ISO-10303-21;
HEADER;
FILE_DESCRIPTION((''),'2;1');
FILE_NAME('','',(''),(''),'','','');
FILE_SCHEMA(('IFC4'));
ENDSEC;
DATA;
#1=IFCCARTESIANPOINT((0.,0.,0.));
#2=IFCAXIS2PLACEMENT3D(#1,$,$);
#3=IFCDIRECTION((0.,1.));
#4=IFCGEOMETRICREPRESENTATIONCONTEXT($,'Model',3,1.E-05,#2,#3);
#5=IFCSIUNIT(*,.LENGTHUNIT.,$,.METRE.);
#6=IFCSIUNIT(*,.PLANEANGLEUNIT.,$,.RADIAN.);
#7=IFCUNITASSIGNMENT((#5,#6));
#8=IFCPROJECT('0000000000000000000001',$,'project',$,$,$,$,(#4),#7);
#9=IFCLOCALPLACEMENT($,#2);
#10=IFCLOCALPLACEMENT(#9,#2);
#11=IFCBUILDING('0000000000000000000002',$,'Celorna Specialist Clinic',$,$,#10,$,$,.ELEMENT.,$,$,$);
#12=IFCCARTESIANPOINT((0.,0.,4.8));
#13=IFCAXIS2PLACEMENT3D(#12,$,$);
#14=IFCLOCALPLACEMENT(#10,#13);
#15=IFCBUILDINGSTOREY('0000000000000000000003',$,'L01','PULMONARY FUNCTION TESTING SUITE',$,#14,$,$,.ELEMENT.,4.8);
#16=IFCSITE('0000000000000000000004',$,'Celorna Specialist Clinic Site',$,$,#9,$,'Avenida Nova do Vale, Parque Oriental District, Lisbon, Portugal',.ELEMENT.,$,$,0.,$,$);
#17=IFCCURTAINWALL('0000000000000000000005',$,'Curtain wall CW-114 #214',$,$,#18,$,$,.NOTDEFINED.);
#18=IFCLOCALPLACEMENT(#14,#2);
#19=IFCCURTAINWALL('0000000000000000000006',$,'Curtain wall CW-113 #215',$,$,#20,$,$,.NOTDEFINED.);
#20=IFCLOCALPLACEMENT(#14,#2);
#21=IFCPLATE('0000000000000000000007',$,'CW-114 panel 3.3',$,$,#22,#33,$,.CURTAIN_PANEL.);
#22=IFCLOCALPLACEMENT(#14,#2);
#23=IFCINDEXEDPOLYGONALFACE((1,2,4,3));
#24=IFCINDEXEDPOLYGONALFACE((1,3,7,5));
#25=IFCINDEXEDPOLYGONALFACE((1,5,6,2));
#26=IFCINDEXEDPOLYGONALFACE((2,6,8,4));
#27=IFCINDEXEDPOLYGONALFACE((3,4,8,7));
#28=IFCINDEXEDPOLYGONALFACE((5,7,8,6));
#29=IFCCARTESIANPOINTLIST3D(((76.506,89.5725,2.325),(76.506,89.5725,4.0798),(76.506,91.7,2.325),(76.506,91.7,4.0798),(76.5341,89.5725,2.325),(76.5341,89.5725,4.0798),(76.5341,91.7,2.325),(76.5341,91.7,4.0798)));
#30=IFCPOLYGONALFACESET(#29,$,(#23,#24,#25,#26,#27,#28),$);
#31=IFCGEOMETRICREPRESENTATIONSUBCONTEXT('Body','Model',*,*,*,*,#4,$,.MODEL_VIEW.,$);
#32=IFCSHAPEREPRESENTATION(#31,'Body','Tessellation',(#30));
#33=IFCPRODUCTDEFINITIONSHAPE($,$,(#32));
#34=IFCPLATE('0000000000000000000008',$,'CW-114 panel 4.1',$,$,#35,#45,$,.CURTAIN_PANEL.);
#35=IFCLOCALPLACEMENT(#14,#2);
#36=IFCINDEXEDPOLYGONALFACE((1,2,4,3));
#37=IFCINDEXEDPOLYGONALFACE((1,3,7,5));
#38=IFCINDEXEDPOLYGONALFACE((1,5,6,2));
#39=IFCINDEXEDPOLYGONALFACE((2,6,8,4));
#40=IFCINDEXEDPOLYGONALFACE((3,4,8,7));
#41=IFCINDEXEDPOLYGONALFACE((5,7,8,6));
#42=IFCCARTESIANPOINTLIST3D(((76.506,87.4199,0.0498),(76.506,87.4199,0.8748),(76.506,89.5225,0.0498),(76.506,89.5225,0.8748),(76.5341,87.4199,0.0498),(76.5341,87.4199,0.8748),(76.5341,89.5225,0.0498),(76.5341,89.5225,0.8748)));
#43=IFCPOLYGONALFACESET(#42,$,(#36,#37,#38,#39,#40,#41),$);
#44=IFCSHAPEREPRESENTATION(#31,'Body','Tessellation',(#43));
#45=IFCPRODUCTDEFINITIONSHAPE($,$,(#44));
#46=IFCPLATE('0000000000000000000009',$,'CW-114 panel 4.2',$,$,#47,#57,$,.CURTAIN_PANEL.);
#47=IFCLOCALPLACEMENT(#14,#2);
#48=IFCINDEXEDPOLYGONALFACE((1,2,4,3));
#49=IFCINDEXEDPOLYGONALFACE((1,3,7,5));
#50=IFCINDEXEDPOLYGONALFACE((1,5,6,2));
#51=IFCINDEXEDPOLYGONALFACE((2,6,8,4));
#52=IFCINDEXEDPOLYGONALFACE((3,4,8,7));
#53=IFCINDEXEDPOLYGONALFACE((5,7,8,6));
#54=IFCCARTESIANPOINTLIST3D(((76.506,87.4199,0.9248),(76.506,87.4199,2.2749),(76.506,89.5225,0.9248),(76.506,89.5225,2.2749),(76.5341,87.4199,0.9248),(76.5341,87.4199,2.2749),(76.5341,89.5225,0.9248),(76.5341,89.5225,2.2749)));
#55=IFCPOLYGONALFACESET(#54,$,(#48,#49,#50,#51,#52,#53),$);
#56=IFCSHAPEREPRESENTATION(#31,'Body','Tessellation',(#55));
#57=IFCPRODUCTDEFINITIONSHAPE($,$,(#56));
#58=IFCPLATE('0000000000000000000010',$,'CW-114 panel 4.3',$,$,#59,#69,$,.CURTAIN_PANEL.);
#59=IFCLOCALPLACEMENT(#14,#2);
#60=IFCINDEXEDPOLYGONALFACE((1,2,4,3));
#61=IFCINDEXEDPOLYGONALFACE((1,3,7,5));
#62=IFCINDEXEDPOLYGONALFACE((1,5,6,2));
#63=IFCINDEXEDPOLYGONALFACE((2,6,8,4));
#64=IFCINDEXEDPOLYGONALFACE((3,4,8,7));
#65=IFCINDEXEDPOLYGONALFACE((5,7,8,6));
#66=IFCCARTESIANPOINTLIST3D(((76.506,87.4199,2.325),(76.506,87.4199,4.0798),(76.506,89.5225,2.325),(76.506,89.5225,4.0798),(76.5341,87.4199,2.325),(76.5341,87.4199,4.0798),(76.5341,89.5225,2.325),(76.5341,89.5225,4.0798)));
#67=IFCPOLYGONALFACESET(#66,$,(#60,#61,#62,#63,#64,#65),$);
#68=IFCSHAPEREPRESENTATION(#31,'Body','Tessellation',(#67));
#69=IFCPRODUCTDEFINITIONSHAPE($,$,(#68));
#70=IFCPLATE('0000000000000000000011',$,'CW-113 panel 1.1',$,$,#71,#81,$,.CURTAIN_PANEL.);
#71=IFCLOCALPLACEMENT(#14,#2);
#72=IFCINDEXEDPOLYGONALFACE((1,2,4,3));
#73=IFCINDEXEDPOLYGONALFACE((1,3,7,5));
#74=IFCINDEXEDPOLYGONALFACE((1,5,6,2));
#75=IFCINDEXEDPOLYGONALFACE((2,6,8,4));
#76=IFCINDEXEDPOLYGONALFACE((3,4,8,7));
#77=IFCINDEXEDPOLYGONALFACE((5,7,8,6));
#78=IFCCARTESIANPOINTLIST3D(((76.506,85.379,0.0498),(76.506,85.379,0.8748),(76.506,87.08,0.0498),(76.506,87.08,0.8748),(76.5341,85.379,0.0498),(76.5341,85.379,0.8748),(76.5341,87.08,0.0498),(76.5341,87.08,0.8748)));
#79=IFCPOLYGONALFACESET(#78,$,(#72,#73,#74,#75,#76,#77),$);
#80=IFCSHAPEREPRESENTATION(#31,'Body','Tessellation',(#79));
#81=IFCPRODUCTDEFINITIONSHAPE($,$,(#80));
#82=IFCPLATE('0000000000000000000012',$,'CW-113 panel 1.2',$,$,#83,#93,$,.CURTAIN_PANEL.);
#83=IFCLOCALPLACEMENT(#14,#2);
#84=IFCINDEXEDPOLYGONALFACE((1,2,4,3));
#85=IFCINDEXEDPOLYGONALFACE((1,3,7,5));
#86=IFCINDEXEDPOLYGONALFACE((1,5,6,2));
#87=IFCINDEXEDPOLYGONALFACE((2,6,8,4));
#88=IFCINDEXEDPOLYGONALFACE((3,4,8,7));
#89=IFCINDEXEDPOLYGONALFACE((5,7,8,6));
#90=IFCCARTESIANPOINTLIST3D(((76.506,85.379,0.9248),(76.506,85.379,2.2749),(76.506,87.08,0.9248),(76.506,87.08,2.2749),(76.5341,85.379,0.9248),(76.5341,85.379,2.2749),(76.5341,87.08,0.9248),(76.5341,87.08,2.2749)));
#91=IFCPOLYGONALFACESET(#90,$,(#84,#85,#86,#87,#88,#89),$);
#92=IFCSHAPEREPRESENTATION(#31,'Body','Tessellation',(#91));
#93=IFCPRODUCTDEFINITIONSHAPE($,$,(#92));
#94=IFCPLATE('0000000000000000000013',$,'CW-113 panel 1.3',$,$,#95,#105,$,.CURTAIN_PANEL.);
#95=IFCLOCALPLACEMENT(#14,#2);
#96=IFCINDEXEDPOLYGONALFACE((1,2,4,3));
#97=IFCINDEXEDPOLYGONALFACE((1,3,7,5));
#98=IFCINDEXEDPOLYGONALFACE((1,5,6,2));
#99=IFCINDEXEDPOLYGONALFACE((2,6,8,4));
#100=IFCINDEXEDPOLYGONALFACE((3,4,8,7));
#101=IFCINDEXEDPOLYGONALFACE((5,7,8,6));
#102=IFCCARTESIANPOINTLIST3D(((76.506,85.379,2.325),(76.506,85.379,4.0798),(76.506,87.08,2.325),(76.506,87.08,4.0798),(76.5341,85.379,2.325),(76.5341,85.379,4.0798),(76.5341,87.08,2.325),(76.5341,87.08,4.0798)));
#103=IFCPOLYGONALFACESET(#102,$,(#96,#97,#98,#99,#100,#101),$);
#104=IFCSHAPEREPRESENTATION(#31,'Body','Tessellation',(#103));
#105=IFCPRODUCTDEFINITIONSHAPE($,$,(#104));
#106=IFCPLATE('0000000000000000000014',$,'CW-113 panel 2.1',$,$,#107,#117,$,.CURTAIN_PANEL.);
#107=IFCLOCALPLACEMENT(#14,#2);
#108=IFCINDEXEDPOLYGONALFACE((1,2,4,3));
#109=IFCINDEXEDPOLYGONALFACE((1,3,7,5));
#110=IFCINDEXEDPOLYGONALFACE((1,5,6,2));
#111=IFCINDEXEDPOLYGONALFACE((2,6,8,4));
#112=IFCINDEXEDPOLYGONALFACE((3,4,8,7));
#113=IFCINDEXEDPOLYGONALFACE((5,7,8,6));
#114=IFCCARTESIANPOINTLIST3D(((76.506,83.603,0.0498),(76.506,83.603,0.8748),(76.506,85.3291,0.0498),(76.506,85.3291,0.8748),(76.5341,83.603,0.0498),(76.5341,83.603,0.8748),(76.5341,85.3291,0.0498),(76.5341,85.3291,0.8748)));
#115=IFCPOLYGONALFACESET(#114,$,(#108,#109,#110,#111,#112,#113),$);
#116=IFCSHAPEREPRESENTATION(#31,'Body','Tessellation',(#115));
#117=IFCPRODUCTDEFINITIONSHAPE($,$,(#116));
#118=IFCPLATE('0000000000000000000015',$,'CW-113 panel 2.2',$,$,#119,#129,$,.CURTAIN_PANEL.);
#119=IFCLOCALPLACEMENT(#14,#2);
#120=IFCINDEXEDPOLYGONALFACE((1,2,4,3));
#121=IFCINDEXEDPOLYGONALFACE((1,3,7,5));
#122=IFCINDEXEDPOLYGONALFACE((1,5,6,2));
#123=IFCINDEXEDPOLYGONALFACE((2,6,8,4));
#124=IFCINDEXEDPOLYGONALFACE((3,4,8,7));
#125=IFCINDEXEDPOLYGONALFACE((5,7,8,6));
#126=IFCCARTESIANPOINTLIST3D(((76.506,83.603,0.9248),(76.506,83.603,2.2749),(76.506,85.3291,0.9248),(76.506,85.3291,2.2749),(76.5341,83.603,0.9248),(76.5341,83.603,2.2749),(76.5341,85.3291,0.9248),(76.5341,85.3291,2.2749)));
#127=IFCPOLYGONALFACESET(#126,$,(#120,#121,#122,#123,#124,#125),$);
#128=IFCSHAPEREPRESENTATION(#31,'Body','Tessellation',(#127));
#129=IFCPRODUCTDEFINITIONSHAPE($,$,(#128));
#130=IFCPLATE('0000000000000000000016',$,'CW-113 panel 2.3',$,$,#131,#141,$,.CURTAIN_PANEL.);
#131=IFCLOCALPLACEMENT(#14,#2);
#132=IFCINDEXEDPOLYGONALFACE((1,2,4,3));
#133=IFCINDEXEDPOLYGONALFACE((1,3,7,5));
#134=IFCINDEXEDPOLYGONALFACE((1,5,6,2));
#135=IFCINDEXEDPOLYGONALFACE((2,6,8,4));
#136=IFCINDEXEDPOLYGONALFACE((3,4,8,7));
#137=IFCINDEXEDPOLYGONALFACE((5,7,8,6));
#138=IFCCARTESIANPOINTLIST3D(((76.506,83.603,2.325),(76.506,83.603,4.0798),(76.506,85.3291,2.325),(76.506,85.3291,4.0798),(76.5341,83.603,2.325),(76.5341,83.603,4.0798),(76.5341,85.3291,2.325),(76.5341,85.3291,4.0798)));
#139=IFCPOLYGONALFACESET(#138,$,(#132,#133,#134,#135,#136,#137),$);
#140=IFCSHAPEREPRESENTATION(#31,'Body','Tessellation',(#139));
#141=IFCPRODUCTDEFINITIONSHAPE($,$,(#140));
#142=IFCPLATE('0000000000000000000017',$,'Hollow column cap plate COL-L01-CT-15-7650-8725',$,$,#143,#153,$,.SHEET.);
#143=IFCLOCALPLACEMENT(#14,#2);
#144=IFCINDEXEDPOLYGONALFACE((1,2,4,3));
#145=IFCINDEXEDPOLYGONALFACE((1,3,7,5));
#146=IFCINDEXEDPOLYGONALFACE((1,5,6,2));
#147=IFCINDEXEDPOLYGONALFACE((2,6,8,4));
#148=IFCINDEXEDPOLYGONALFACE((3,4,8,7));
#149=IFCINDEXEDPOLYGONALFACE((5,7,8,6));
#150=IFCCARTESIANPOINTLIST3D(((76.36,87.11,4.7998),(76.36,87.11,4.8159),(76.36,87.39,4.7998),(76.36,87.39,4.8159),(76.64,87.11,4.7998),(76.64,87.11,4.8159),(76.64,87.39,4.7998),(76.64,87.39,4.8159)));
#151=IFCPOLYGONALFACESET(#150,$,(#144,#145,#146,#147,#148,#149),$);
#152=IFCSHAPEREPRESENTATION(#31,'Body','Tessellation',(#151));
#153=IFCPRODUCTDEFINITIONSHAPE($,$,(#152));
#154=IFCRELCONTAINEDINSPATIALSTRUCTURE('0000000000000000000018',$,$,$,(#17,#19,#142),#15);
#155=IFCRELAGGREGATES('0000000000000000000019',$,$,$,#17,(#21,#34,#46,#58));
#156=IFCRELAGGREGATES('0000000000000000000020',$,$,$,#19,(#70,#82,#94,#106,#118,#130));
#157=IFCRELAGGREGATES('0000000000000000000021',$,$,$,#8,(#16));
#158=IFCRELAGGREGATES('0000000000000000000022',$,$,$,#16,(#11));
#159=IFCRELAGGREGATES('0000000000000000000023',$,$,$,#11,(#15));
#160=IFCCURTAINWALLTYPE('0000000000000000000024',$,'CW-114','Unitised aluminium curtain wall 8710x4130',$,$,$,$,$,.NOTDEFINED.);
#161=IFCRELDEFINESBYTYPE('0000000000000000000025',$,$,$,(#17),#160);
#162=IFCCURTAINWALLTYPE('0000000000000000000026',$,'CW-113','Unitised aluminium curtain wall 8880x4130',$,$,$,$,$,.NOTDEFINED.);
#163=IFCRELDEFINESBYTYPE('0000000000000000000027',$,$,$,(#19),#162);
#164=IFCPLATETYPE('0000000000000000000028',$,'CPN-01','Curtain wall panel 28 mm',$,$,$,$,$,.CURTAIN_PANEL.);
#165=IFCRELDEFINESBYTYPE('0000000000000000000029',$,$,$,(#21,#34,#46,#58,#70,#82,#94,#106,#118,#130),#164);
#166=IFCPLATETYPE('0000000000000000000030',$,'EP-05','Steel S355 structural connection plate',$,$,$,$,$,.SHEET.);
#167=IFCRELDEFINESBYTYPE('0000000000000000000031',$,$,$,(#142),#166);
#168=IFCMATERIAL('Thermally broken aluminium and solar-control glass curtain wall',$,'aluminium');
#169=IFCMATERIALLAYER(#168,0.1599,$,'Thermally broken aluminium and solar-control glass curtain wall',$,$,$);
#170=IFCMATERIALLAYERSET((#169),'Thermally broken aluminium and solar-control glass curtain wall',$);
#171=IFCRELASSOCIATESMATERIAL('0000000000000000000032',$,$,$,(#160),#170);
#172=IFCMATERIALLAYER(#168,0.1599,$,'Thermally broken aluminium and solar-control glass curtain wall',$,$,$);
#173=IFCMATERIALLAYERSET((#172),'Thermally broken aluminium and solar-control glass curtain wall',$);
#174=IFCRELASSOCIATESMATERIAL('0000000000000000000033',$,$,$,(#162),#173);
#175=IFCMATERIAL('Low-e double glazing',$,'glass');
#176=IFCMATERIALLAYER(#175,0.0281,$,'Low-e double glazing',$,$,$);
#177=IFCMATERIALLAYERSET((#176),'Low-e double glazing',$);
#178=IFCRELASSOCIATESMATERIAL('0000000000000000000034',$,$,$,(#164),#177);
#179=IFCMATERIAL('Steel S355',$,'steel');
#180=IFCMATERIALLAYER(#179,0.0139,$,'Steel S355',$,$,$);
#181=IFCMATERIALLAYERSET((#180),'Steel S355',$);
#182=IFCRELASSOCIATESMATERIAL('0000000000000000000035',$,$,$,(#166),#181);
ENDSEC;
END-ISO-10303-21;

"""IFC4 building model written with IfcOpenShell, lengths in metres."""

from ifc_helpers import new_model, si_unit, direction, frame, origin, origin_2d, place, context, subcontext, project, spatial, rectangle, extrude, material, layer, layer_set, type_object, element, aggregate, save


model = new_model("IFC4")

# Units and contexts
model_context = context("Model", 3, precision=1e-05, world=origin(), true_north=direction((0.0, 1.0)))
body_context = subcontext(model_context, "Body", "Model", "MODEL_VIEW")
ifc_project = project(units=[si_unit("LENGTHUNIT", "METRE"), si_unit("PLANEANGLEUNIT", "RADIAN")], contexts=[model_context])

# Site, building, storey
site_placement = place(None, origin())
site = spatial("IfcSite", under=ifc_project, at=site_placement, Name="Celorna Specialist Clinic Site", LongName="Avenida Nova do Vale, Parque Oriental District, Lisbon, Portugal", CompositionType="ELEMENT", RefElevation=0.0)
building_placement = place(site_placement, origin())
building = spatial("IfcBuilding", under=site, at=building_placement, Name="Celorna Specialist Clinic", CompositionType="ELEMENT")
storey_placement = place(building_placement, frame((0.0, 0.0, 4.8)))
storey = spatial("IfcBuildingStorey", under=building, at=storey_placement, Name="L01", Description="PULMONARY FUNCTION TESTING SUITE", CompositionType="ELEMENT", Elevation=4.8)

# Shared definitions
ifc_material_1 = material(Name="Steel S355", Category="steel")

# Curtain walls
ifc_material_2 = material(Name="Thermally broken aluminium and solar-control glass curtain wall", Category="aluminium")
ifc_layer_1 = layer(ifc_material_2, 0.1599, Name="Thermally broken aluminium and solar-control glass curtain wall")
ifc_layer_set_1 = layer_set([ifc_layer_1], Name="Thermally broken aluminium and solar-control glass curtain wall")
curtain_wall_type_1 = type_object("IfcCurtainWallType", Name="CW-114", Description="Unitised aluminium curtain wall 8710x4130", PredefinedType="NOTDEFINED", material=ifc_layer_set_1)
curtain_wall_1_placement = place(storey_placement, origin())
curtain_wall_1 = element("IfcCurtainWall", 1, at=curtain_wall_1_placement, inside=storey, type_object=curtain_wall_type_1, Name="Curtain wall CW-114 #214", PredefinedType="NOTDEFINED")
ifc_layer_2 = layer(ifc_material_2, 0.1599, Name="Thermally broken aluminium and solar-control glass curtain wall")
ifc_layer_set_2 = layer_set([ifc_layer_2], Name="Thermally broken aluminium and solar-control glass curtain wall")
curtain_wall_type_2 = type_object("IfcCurtainWallType", Name="CW-113", Description="Unitised aluminium curtain wall 8880x4130", PredefinedType="NOTDEFINED", material=ifc_layer_set_2)
curtain_wall_2_placement = place(storey_placement, origin())
curtain_wall_2 = element("IfcCurtainWall", 2, at=curtain_wall_2_placement, inside=storey, type_object=curtain_wall_type_2, Name="Curtain wall CW-113 #215", PredefinedType="NOTDEFINED")

# Plates
ifc_material_3 = material(Name="Low-e double glazing", Category="glass")
ifc_layer_3 = layer(ifc_material_3, 0.0281, Name="Low-e double glazing")
ifc_layer_set_3 = layer_set([ifc_layer_3], Name="Low-e double glazing")
plate_type_1 = type_object("IfcPlateType", Name="CPN-01", Description="Curtain wall panel 28 mm", PredefinedType="CURTAIN_PANEL", material=ifc_layer_set_3)
plate_1_placement = place(storey_placement, frame((76.52, 90.6362, 2.325), z_axis=(0.0, 0.0, 1.0), x_axis=(0.0, -1.0, 0.0)))
plate_1 = element("IfcPlate", 3, at=plate_1_placement, type_object=plate_type_1, Name="CW-114 panel 3.3", PredefinedType="CURTAIN_PANEL", context=body_context, shape_type="SweptSolid", body=[
    extrude(rectangle(XDim=2.1274, YDim=0.0281, at=origin_2d()), origin(), (0.0, 0.0, 1.0), 1.7549),
])
plate_2_placement = place(storey_placement, frame((76.52, 88.4712, 0.0498), z_axis=(0.0, 0.0, 1.0), x_axis=(0.0, -1.0, 0.0)))
plate_2 = element("IfcPlate", 4, at=plate_2_placement, type_object=plate_type_1, Name="CW-114 panel 4.1", PredefinedType="CURTAIN_PANEL", context=body_context, shape_type="SweptSolid", body=[
    extrude(rectangle(XDim=2.1025, YDim=0.0281, at=origin_2d()), origin(), (0.0, 0.0, 1.0), 0.825),
])
plate_3_placement = place(storey_placement, frame((76.52, 88.4712, 0.9248), z_axis=(0.0, 0.0, 1.0), x_axis=(0.0, -1.0, 0.0)))
plate_3 = element("IfcPlate", 5, at=plate_3_placement, type_object=plate_type_1, Name="CW-114 panel 4.2", PredefinedType="CURTAIN_PANEL", context=body_context, shape_type="SweptSolid", body=[
    extrude(rectangle(XDim=2.1025, YDim=0.0281, at=origin_2d()), origin(), (0.0, 0.0, 1.0), 1.3501),
])
plate_4_placement = place(storey_placement, frame((76.52, 88.4712, 2.325), z_axis=(0.0, 0.0, 1.0), x_axis=(0.0, -1.0, 0.0)))
plate_4 = element("IfcPlate", 6, at=plate_4_placement, type_object=plate_type_1, Name="CW-114 panel 4.3", PredefinedType="CURTAIN_PANEL", context=body_context, shape_type="SweptSolid", body=[
    extrude(rectangle(XDim=2.1025, YDim=0.0281, at=origin_2d()), origin(), (0.0, 0.0, 1.0), 1.7549),
])
aggregate(curtain_wall_1, [plate_1, plate_2, plate_3, plate_4])
plate_5_placement = place(storey_placement, frame((76.52, 86.2295, 0.0498), z_axis=(0.0, 0.0, 1.0), x_axis=(0.0, -1.0, 0.0)))
plate_5 = element("IfcPlate", 7, at=plate_5_placement, type_object=plate_type_1, Name="CW-113 panel 1.1", PredefinedType="CURTAIN_PANEL", context=body_context, shape_type="SweptSolid", body=[
    extrude(rectangle(XDim=1.7009, YDim=0.0281, at=origin_2d()), origin(), (0.0, 0.0, 1.0), 0.825),
])
plate_6_placement = place(storey_placement, frame((76.52, 86.2295, 0.9248), z_axis=(0.0, 0.0, 1.0), x_axis=(0.0, -1.0, 0.0)))
plate_6 = element("IfcPlate", 8, at=plate_6_placement, type_object=plate_type_1, Name="CW-113 panel 1.2", PredefinedType="CURTAIN_PANEL", context=body_context, shape_type="SweptSolid", body=[
    extrude(rectangle(XDim=1.7009, YDim=0.0281, at=origin_2d()), origin(), (0.0, 0.0, 1.0), 1.3501),
])
plate_7_placement = place(storey_placement, frame((76.52, 86.2295, 2.325), z_axis=(0.0, 0.0, 1.0), x_axis=(0.0, -1.0, 0.0)))
plate_7 = element("IfcPlate", 9, at=plate_7_placement, type_object=plate_type_1, Name="CW-113 panel 1.3", PredefinedType="CURTAIN_PANEL", context=body_context, shape_type="SweptSolid", body=[
    extrude(rectangle(XDim=1.7009, YDim=0.0281, at=origin_2d()), origin(), (0.0, 0.0, 1.0), 1.7549),
])
plate_8_placement = place(storey_placement, frame((76.52, 84.4661, 0.0498), z_axis=(0.0, 0.0, 1.0), x_axis=(0.0, -1.0, 0.0)))
plate_8 = element("IfcPlate", 10, at=plate_8_placement, type_object=plate_type_1, Name="CW-113 panel 2.1", PredefinedType="CURTAIN_PANEL", context=body_context, shape_type="SweptSolid", body=[
    extrude(rectangle(XDim=1.7261, YDim=0.0281, at=origin_2d()), origin(), (0.0, 0.0, 1.0), 0.825),
])
plate_9_placement = place(storey_placement, frame((76.52, 84.4661, 0.9248), z_axis=(0.0, 0.0, 1.0), x_axis=(0.0, -1.0, 0.0)))
plate_9 = element("IfcPlate", 11, at=plate_9_placement, type_object=plate_type_1, Name="CW-113 panel 2.2", PredefinedType="CURTAIN_PANEL", context=body_context, shape_type="SweptSolid", body=[
    extrude(rectangle(XDim=1.7261, YDim=0.0281, at=origin_2d()), origin(), (0.0, 0.0, 1.0), 1.3501),
])
plate_10_placement = place(storey_placement, frame((76.52, 84.4661, 2.325), z_axis=(0.0, 0.0, 1.0), x_axis=(0.0, -1.0, 0.0)))
plate_10 = element("IfcPlate", 12, at=plate_10_placement, type_object=plate_type_1, Name="CW-113 panel 2.3", PredefinedType="CURTAIN_PANEL", context=body_context, shape_type="SweptSolid", body=[
    extrude(rectangle(XDim=1.7261, YDim=0.0281, at=origin_2d()), origin(), (0.0, 0.0, 1.0), 1.7549),
])
aggregate(curtain_wall_2, [plate_5, plate_6, plate_7, plate_8, plate_9, plate_10])
ifc_layer_4 = layer(ifc_material_1, 0.0139, Name="Steel S355")
ifc_layer_set_4 = layer_set([ifc_layer_4], Name="Steel S355")
plate_type_2 = type_object("IfcPlateType", Name="EP-05", Description="Steel S355 structural connection plate", PredefinedType="SHEET", material=ifc_layer_set_4)
plate_11_placement = place(storey_placement, frame((76.5, 87.25, 4.7998), z_axis=(0.0, 0.0, 1.0), x_axis=(1.0, 0.0, 0.0)))
element("IfcPlate", 13, at=plate_11_placement, inside=storey, type_object=plate_type_2, Name="Hollow column cap plate COL-L01-CT-15-7650-8725", PredefinedType="SHEET", context=body_context, shape_type="SweptSolid", body=[
    extrude(rectangle(XDim=0.28, YDim=0.28, at=origin_2d()), origin(), (0.0, 0.0, 1.0), 0.0161),
])

save(model, "model.ifc")
